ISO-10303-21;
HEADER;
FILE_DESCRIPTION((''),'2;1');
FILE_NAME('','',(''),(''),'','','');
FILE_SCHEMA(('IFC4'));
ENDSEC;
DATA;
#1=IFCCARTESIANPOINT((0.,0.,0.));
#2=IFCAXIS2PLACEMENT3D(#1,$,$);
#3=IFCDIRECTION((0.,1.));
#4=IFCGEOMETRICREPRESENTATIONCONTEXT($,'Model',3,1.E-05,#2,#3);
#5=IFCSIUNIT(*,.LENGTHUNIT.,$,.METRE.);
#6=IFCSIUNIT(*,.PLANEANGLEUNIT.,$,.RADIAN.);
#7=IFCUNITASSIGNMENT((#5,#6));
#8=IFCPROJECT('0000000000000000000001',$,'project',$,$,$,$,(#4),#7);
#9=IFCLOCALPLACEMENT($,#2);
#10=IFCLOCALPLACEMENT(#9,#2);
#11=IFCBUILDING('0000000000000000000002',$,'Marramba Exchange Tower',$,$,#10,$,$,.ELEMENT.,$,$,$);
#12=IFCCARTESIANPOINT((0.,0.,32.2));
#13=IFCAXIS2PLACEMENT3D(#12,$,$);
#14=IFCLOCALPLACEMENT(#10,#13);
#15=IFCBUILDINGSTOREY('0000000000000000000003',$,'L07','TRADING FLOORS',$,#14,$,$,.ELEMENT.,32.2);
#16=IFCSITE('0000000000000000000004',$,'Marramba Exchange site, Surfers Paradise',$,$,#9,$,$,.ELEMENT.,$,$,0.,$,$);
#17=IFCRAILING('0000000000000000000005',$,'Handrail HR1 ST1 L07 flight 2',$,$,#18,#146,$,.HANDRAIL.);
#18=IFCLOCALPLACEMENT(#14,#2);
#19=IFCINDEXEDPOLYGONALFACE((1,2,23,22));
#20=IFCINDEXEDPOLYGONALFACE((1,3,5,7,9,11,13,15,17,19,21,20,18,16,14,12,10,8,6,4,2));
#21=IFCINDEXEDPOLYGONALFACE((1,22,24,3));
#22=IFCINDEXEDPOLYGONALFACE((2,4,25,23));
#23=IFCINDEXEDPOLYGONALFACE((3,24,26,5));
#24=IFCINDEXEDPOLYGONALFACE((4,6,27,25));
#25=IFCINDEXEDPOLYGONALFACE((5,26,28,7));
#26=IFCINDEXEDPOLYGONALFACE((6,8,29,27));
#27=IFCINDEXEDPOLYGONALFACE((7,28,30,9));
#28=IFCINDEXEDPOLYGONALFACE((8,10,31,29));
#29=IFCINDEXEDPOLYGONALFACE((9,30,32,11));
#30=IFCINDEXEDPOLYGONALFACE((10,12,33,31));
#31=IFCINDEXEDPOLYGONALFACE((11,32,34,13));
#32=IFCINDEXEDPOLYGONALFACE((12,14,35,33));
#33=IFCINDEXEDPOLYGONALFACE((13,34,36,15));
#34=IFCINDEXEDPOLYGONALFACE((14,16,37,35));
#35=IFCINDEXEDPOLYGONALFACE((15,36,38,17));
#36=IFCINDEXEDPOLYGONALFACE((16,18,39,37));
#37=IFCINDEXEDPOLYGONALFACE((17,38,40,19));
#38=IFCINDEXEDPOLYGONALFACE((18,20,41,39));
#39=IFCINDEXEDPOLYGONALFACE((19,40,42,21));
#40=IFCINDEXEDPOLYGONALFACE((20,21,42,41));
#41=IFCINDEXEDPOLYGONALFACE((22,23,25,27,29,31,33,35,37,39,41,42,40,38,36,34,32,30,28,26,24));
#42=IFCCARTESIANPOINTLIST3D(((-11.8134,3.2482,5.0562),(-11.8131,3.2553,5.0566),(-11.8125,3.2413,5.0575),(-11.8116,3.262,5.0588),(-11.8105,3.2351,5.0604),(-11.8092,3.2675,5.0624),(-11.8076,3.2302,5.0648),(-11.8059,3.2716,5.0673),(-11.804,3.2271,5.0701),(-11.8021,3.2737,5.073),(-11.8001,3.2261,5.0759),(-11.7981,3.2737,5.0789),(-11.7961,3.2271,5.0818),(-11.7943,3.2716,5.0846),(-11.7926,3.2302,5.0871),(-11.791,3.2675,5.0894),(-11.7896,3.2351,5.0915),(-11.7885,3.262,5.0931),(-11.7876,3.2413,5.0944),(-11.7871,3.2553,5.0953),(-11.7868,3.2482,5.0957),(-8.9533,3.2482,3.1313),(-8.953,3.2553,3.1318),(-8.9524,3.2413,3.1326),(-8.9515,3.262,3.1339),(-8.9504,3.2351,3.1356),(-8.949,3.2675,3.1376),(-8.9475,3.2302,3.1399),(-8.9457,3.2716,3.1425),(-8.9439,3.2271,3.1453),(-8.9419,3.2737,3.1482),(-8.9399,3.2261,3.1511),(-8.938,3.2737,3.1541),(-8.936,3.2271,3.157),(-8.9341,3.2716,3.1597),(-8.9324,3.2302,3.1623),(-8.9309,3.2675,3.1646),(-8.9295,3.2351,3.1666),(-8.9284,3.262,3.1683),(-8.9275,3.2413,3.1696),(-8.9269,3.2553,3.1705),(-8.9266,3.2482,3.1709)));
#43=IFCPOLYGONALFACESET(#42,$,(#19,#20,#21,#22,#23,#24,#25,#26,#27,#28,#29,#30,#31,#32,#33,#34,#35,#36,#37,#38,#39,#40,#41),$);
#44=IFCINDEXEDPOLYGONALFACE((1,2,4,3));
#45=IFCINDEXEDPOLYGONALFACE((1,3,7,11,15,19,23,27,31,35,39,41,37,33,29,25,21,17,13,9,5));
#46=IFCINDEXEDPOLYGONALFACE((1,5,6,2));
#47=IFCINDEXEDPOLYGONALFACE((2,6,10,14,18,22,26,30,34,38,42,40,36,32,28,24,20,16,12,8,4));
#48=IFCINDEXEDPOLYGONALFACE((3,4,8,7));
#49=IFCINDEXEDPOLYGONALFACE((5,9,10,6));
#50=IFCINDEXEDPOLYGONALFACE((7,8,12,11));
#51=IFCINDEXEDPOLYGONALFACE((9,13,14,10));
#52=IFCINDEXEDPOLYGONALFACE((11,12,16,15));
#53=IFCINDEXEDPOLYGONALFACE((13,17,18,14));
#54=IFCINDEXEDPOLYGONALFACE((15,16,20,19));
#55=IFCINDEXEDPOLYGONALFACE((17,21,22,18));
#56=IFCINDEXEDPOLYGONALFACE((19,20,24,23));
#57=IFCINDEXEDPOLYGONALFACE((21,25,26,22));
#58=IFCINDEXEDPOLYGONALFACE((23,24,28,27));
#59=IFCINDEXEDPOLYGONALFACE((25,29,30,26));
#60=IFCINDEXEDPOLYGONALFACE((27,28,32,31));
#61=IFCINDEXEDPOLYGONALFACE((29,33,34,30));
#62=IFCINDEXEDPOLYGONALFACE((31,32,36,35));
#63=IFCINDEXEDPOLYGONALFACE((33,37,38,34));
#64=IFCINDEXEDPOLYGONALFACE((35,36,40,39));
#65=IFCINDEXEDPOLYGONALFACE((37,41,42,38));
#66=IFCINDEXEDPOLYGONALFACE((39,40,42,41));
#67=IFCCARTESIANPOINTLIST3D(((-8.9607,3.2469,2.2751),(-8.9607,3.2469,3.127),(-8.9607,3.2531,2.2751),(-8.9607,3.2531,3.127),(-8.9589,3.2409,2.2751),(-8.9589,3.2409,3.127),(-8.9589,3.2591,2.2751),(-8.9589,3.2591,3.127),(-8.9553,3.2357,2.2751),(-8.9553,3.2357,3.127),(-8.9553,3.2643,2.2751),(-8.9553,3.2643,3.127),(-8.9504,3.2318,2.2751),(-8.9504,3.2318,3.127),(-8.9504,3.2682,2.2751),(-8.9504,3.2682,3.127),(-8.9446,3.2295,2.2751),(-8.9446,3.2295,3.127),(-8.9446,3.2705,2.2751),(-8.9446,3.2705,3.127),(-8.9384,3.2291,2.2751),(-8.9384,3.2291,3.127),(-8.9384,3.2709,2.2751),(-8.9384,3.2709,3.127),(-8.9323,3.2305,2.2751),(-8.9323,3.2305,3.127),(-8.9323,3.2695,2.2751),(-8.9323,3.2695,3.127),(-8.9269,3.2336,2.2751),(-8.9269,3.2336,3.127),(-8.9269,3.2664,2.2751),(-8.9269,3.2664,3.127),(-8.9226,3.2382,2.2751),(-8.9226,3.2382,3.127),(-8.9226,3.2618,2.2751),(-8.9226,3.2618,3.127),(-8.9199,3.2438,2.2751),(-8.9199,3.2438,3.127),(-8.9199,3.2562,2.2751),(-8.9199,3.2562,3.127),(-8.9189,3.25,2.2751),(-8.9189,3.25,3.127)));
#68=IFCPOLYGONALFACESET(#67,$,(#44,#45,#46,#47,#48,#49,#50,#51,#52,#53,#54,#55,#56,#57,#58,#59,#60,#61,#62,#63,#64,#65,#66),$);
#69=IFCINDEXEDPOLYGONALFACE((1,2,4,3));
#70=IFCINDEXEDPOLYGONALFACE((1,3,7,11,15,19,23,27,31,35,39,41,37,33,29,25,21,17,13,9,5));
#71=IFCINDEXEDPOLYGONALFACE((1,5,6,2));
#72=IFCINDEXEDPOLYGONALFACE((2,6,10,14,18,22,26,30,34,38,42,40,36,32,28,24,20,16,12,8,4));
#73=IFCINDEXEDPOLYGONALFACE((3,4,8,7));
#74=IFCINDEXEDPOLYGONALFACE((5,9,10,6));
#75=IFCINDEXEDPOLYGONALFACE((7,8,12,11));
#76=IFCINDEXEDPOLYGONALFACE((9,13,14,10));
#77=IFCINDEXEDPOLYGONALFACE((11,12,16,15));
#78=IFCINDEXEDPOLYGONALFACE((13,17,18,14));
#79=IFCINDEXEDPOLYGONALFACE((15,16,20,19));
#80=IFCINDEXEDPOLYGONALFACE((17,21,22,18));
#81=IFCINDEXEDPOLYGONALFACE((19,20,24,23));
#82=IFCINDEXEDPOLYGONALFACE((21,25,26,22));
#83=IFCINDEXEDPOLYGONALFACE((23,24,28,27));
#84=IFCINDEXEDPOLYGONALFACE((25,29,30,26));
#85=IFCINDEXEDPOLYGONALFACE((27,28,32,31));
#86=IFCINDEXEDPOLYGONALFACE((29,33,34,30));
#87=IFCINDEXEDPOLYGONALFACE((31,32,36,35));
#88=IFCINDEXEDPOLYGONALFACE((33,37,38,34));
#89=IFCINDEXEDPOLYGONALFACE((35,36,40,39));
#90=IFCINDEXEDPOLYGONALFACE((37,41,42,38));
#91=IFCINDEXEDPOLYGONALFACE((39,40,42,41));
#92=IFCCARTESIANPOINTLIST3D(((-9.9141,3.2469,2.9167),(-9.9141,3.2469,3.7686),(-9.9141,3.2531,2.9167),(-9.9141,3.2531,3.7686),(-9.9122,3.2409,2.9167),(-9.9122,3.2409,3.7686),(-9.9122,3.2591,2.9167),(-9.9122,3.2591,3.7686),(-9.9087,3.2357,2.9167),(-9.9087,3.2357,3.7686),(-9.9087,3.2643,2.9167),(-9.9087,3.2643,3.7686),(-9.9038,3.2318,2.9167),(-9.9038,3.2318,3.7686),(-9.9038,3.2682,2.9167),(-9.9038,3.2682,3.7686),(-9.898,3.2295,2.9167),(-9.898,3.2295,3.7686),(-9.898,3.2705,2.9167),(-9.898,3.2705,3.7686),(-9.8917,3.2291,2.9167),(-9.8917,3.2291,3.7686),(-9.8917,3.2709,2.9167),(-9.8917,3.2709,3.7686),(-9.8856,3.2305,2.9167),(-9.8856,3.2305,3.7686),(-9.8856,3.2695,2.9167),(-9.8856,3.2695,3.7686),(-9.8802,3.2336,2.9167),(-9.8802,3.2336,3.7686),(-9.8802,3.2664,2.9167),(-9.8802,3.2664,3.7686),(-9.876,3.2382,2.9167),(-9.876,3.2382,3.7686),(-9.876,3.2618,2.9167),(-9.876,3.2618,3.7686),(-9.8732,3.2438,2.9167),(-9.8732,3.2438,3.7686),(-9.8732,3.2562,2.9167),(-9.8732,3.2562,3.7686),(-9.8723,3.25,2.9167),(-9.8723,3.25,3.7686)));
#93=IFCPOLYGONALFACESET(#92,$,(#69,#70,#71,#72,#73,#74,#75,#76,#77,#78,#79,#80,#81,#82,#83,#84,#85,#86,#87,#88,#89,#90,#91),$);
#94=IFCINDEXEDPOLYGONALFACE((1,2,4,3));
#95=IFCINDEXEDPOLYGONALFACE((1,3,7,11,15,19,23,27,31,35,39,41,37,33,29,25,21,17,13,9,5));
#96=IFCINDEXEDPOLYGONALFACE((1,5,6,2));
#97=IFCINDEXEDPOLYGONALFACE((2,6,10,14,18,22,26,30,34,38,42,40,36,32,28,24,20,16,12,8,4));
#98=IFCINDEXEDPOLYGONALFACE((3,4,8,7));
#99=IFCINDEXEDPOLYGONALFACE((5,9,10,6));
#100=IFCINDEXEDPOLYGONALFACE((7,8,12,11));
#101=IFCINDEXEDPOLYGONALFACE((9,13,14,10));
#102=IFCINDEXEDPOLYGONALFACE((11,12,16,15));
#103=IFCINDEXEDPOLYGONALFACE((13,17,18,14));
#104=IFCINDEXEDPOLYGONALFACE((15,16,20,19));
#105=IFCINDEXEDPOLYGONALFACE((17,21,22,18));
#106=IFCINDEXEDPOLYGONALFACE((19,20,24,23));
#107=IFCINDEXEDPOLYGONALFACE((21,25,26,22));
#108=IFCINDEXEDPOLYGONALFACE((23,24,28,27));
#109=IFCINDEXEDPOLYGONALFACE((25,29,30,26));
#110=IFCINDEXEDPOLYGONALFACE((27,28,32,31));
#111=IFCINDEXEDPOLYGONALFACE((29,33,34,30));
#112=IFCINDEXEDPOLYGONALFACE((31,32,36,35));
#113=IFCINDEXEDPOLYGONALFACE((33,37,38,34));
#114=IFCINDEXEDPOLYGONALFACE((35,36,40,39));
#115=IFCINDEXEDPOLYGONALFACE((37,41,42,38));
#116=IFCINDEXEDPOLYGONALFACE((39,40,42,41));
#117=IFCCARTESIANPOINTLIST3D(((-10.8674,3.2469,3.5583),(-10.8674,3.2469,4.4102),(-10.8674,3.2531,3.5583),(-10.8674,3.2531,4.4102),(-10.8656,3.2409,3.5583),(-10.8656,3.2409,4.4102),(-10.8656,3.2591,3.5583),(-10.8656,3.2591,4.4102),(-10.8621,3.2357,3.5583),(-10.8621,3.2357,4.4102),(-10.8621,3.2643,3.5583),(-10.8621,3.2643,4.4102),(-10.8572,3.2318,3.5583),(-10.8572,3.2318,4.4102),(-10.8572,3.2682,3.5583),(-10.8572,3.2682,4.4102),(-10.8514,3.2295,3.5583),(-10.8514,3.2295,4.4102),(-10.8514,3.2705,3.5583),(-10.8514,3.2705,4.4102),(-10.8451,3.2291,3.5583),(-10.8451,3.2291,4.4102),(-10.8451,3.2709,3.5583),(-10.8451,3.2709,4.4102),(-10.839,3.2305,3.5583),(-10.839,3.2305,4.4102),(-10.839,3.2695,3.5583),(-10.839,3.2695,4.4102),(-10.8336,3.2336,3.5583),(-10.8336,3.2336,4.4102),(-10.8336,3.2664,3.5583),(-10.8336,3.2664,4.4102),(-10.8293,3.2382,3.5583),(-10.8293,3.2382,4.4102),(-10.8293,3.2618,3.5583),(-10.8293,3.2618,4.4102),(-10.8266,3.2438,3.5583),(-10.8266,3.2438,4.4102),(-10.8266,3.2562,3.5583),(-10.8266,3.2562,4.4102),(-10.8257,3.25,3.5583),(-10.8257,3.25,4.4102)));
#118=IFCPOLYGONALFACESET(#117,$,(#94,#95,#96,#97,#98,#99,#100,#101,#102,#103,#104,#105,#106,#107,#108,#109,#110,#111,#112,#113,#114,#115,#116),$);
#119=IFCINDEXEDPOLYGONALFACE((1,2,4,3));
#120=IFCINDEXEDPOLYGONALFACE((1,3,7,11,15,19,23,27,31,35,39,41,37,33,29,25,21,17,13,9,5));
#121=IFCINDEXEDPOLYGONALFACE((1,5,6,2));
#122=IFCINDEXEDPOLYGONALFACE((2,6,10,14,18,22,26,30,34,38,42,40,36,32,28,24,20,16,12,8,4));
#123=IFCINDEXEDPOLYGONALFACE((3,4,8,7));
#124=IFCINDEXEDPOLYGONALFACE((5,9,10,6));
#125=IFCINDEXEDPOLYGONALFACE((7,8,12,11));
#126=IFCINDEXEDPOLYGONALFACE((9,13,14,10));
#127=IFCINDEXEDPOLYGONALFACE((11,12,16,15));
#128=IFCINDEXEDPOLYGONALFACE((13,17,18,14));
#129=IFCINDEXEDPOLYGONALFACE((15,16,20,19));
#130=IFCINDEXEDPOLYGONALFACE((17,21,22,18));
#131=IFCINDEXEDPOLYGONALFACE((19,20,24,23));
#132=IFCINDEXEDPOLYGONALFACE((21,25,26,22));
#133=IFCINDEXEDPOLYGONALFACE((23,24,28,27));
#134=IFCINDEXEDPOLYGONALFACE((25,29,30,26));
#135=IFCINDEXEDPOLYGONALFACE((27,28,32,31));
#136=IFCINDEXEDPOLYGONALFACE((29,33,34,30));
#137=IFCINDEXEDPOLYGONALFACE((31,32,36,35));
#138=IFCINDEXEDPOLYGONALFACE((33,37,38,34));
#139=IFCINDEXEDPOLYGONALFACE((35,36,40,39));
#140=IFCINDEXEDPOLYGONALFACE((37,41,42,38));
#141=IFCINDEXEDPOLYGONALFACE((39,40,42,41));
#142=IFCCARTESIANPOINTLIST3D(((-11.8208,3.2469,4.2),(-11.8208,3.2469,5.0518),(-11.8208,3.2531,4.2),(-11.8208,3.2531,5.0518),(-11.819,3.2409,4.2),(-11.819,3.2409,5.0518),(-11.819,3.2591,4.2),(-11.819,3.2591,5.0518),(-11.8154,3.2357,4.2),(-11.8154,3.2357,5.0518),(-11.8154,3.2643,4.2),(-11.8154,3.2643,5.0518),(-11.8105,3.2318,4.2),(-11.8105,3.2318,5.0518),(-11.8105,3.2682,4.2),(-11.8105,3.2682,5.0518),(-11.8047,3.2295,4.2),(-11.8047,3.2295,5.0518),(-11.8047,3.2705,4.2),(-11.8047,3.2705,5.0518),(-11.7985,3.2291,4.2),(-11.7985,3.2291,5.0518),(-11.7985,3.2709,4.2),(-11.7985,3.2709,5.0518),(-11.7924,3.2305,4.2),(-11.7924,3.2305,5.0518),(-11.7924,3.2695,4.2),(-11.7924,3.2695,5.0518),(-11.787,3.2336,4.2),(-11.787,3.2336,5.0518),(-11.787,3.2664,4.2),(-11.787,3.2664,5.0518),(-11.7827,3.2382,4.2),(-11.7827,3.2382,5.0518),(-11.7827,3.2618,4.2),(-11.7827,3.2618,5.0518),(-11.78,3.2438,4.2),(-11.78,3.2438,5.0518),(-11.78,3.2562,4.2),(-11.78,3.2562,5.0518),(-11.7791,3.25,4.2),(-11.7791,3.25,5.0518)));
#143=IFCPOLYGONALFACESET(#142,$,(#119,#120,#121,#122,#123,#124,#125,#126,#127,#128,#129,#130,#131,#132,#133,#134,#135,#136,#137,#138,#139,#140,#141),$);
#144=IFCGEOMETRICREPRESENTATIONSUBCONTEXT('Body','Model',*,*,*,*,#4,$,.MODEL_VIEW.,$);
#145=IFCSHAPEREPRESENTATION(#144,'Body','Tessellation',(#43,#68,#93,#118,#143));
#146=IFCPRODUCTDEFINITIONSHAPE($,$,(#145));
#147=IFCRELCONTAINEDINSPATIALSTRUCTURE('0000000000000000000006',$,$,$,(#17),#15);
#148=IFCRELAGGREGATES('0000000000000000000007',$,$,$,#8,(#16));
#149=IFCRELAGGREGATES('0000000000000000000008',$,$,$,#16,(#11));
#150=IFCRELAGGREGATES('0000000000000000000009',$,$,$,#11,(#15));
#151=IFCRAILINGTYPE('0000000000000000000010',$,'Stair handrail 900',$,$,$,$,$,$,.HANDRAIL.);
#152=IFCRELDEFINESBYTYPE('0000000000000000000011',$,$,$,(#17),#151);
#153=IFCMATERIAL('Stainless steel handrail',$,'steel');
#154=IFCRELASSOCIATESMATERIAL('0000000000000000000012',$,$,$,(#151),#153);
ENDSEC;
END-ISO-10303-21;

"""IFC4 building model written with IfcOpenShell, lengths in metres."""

from ifc_helpers import new_model, si_unit, direction, frame, origin, origin_2d, place, context, subcontext, project, spatial, circle, extrude, material, type_object, element, save


model = new_model("IFC4")

# Units and contexts
model_context = context("Model", 3, precision=1e-05, world=origin(), true_north=direction((0.0, 1.0)))
body_context = subcontext(model_context, "Body", "Model", "MODEL_VIEW")
ifc_project = project(units=[si_unit("LENGTHUNIT", "METRE"), si_unit("PLANEANGLEUNIT", "RADIAN")], contexts=[model_context])

# Site, building, storey
site_placement = place(None, origin())
site = spatial("IfcSite", under=ifc_project, at=site_placement, Name="Marramba Exchange site, Surfers Paradise", CompositionType="ELEMENT", RefElevation=0.0)
building_placement = place(site_placement, origin())
building = spatial("IfcBuilding", under=site, at=building_placement, Name="Marramba Exchange Tower", CompositionType="ELEMENT")
storey_placement = place(building_placement, frame((0.0, 0.0, 32.2)))
storey = spatial("IfcBuildingStorey", under=building, at=storey_placement, Name="L07", Description="TRADING FLOORS", CompositionType="ELEMENT", Elevation=32.2)

# Railing
ifc_material_1 = material(Name="Stainless steel handrail", Category="steel")
railing_type = type_object("IfcRailingType", Name="Stair handrail 900", PredefinedType="HANDRAIL", material=ifc_material_1)
railing_1_placement = place(storey_placement, frame((-8.9399, 3.25, 2.2751)))
element("IfcRailing", 1, at=railing_1_placement, inside=storey, type_object=railing_type, Name="Handrail HR1 ST1 L07 flight 2", PredefinedType="HANDRAIL", context=body_context, shape_type="SweptSolid", body=[
    extrude(circle(Radius=0.0239, at=origin_2d()), frame((0.0, 0.0, 0.876), z_axis=(-0.829624, 0.0, 0.558323), x_axis=(0.0, -1.0, 0.0)), (0.0, 0.0, 1.0), 3.4475),
    extrude(circle(Radius=0.021, at=origin_2d()), origin(), (0.0, 0.0, 1.0), 0.8518),
    extrude(circle(Radius=0.021, at=origin_2d()), frame((-0.9534, 0.0, 0.6416)), (0.0, 0.0, 1.0), 0.8518),
    extrude(circle(Radius=0.021, at=origin_2d()), frame((-1.9067, 0.0, 1.2832)), (0.0, 0.0, 1.0), 0.8518),
    extrude(circle(Radius=0.021, at=origin_2d()), frame((-2.8601, 0.0, 1.9248)), (0.0, 0.0, 1.0), 0.8518),
])

save(model, "model.ifc")
